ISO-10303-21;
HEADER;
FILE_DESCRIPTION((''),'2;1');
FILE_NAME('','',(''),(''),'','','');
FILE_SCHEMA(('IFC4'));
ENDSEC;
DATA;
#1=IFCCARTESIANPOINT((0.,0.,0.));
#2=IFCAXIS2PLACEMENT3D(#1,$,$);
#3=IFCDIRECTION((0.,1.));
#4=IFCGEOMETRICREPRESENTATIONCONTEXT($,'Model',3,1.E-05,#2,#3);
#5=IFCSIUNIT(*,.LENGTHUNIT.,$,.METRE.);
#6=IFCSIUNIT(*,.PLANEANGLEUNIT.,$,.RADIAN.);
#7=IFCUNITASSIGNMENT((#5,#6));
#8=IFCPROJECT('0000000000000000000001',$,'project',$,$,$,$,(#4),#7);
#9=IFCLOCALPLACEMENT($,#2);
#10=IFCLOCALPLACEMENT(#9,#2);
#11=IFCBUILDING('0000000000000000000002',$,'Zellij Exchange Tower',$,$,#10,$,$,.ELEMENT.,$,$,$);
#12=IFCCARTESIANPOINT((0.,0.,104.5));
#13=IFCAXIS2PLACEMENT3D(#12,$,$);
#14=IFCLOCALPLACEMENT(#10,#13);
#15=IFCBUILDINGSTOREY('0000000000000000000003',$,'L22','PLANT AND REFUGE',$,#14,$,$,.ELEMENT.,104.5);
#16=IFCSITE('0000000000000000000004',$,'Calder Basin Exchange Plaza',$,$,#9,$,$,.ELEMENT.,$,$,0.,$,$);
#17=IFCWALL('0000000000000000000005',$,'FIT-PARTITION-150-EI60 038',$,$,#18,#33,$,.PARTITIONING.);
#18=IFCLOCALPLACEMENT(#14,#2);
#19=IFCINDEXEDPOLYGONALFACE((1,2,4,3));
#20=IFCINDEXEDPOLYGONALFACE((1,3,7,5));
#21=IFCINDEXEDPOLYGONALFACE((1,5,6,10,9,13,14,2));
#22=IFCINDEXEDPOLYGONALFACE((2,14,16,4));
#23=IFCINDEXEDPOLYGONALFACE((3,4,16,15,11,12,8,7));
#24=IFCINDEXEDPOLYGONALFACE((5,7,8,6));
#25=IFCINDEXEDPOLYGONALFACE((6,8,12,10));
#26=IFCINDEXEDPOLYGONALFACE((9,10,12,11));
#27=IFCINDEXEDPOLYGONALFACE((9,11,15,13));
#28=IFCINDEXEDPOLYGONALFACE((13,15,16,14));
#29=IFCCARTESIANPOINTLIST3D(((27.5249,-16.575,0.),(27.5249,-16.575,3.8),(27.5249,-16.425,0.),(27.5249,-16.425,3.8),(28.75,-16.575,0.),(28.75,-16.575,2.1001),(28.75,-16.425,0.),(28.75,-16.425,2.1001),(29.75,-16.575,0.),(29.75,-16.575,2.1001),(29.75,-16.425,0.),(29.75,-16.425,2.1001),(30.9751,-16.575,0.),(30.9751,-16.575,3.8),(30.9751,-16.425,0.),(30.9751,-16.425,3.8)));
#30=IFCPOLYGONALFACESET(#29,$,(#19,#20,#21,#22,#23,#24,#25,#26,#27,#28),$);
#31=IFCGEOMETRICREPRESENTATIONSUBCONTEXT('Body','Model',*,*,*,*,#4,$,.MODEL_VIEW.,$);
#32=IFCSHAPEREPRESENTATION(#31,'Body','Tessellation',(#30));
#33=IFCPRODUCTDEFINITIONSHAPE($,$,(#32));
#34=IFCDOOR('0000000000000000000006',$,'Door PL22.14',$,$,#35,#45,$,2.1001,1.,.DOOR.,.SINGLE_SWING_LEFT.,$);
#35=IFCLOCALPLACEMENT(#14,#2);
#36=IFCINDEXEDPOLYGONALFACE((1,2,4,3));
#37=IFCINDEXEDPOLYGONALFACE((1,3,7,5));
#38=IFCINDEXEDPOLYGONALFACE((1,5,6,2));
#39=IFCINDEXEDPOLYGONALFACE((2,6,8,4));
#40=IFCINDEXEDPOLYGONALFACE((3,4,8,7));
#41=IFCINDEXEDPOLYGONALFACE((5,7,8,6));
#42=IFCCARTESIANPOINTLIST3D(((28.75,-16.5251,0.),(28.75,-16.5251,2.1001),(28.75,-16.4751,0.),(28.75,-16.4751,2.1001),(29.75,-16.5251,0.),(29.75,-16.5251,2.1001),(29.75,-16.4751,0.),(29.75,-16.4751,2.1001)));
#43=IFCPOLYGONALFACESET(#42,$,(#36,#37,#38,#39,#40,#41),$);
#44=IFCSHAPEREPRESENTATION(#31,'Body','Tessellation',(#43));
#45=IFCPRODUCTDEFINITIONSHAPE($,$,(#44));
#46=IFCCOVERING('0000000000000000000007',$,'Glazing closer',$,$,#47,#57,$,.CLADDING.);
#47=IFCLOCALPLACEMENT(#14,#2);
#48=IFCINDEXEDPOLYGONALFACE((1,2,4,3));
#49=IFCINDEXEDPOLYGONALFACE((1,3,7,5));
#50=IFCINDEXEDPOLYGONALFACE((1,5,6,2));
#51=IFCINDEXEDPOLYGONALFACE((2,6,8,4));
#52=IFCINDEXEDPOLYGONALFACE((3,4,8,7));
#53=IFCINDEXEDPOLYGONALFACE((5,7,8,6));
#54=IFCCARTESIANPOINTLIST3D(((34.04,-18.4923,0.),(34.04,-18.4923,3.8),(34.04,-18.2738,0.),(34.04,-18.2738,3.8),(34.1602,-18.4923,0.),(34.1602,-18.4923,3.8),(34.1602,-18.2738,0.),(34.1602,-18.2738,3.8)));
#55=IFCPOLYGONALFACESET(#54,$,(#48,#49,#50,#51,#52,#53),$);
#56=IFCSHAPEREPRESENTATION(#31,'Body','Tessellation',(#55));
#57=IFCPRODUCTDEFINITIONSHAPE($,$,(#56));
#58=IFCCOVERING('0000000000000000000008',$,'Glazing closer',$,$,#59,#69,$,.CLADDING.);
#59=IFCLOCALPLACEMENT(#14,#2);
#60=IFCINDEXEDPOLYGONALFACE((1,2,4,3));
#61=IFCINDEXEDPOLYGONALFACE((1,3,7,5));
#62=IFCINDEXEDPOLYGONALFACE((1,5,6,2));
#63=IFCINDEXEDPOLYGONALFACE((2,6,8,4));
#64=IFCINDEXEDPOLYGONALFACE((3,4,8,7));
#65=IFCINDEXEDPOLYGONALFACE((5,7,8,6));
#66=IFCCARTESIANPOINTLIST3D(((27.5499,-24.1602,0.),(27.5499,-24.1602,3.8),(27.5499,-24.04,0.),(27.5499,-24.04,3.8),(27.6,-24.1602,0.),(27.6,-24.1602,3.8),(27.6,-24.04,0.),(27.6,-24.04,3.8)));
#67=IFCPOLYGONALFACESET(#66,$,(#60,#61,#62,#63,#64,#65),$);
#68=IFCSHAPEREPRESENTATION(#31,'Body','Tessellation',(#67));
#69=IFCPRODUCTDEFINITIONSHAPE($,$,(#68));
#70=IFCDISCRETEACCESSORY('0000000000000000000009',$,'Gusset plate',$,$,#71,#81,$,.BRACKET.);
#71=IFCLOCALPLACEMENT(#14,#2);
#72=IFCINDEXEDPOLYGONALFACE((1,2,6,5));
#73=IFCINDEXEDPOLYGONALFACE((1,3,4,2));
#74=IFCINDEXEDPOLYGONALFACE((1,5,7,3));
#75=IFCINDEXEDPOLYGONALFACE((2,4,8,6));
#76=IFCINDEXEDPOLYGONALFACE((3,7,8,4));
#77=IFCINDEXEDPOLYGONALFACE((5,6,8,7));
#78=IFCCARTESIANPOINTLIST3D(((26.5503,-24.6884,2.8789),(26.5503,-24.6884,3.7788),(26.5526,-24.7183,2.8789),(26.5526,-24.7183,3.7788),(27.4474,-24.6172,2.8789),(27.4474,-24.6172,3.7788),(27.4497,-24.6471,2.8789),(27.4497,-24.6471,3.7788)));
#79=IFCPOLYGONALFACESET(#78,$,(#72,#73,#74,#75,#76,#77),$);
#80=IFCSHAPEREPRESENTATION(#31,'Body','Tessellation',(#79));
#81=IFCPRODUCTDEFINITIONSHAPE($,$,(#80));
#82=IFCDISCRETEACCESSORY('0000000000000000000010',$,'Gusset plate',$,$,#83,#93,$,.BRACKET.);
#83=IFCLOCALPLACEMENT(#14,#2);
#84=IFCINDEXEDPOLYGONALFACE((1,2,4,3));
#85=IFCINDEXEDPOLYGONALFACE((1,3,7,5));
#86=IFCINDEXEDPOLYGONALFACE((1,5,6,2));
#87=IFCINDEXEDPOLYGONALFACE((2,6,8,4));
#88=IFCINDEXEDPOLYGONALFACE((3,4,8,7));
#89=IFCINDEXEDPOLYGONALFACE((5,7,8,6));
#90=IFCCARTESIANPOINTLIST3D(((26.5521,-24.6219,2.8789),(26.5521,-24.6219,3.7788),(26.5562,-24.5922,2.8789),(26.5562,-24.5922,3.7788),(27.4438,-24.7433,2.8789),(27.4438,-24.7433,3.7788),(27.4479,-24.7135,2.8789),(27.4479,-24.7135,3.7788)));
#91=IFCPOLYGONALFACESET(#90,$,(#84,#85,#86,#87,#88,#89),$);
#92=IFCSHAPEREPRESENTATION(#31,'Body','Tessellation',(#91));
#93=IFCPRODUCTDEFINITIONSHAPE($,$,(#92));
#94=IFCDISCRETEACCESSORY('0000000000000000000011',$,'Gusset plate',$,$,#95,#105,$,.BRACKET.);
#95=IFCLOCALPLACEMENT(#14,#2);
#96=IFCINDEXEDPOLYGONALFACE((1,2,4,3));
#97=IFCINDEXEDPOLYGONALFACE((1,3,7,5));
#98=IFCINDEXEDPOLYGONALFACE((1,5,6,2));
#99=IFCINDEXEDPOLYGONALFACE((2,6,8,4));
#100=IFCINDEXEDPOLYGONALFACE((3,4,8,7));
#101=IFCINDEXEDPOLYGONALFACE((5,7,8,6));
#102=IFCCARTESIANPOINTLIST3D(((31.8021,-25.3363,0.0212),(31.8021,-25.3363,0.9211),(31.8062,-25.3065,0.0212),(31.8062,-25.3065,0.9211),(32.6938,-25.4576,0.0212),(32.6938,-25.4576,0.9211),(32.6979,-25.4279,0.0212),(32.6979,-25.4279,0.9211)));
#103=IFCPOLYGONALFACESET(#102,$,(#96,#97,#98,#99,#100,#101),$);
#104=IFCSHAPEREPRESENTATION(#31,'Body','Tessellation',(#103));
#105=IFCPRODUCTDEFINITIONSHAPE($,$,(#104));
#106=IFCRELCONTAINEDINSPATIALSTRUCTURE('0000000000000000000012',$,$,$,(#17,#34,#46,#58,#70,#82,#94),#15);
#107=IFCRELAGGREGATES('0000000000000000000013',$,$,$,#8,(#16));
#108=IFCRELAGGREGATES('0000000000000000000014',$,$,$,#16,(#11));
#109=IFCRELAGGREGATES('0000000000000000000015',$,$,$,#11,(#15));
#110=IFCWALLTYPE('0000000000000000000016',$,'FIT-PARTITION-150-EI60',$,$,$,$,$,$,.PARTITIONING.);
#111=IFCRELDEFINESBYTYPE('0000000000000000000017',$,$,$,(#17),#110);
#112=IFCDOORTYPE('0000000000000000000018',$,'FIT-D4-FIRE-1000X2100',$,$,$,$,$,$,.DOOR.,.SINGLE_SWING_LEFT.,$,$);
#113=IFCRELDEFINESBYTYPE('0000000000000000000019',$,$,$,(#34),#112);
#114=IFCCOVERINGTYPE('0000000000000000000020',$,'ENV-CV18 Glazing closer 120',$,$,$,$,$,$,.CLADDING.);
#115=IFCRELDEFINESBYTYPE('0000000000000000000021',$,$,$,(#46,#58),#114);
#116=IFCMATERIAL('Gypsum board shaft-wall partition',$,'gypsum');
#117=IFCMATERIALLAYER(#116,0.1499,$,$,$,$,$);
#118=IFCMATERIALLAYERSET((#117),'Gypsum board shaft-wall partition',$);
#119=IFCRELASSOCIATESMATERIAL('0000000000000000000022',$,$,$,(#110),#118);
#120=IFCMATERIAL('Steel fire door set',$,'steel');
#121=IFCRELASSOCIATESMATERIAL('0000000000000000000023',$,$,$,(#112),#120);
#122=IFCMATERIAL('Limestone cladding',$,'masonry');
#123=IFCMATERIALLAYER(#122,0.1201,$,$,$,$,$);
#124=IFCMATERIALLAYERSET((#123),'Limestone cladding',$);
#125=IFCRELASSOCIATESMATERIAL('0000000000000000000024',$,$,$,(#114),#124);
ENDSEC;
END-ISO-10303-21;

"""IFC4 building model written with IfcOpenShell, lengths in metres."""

from ifc_helpers import new_model, si_unit, direction, frame, frame_2d, origin, origin_2d, place, context, subcontext, project, spatial, rectangle, extrude, material, layer, layer_set, type_object, element, fill, save


model = new_model("IFC4")

# Units and contexts
model_context = context("Model", 3, precision=1e-05, world=origin(), true_north=direction((0.0, 1.0)))
body_context = subcontext(model_context, "Body", "Model", "MODEL_VIEW")
ifc_project = project(units=[si_unit("LENGTHUNIT", "METRE"), si_unit("PLANEANGLEUNIT", "RADIAN")], contexts=[model_context])

# Site, building, storey
site_placement = place(None, origin())
site = spatial("IfcSite", under=ifc_project, at=site_placement, Name="Calder Basin Exchange Plaza", CompositionType="ELEMENT", RefElevation=0.0)
building_placement = place(site_placement, origin())
building = spatial("IfcBuilding", under=site, at=building_placement, Name="Zellij Exchange Tower", CompositionType="ELEMENT")
storey_placement = place(building_placement, frame((0.0, 0.0, 104.5)))
storey = spatial("IfcBuildingStorey", under=building, at=storey_placement, Name="L22", Description="PLANT AND REFUGE", CompositionType="ELEMENT", Elevation=104.5)

# Shared definitions
ifc_material_1 = material(Name="Gypsum board shaft-wall partition", Category="gypsum")
ifc_layer_1 = layer(ifc_material_1, 0.1499)
ifc_layer_set_1 = layer_set([ifc_layer_1], Name="Gypsum board shaft-wall partition")
wall_type_1 = type_object("IfcWallType", Name="FIT-PARTITION-150-EI60", PredefinedType="PARTITIONING", material=ifc_layer_set_1)

# Wall, opening, door
wall_1_placement = place(storey_placement, frame((27.5249, -16.5, 0.0), z_axis=(0.0, 0.0, 1.0), x_axis=(1.0, 0.0, 0.0)))
wall_1 = element("IfcWall", 1, at=wall_1_placement, inside=storey, type_object=wall_type_1, Name="FIT-PARTITION-150-EI60 038", PredefinedType="PARTITIONING", context=body_context, shape_type="SweptSolid", body=[
    extrude(rectangle(XDim=3.4502, YDim=0.1499, at=frame_2d((1.7251, 0.0))), origin(), (0.0, 0.0, 1.0), 3.8),
])
opening_placement = place(wall_1_placement, frame((1.2251, 0.0, 0.0)))
opening = element("IfcOpeningElement", 2, at=opening_placement, cuts=wall_1, PredefinedType="OPENING", context=body_context, shape_type="SweptSolid", body=[
    extrude(rectangle(XDim=1.0, YDim=2.1001, at=frame_2d((0.5, 1.05))), frame((0.0, 0.0869, 0.0), z_axis=(0.0, -1.0, 0.0), x_axis=(1.0, 0.0, 0.0)), (0.0, 0.0, 1.0), 0.1738),
])
ifc_material_2 = material(Name="Steel fire door set", Category="steel")
door_type = type_object("IfcDoorType", Name="FIT-D4-FIRE-1000X2100", OperationType="SINGLE_SWING_LEFT", PredefinedType="DOOR", material=ifc_material_2)
door_placement = place(opening_placement, origin())
door = element("IfcDoor", 3, at=door_placement, inside=storey, type_object=door_type, Name="Door PL22.14", OperationType="SINGLE_SWING_LEFT", OverallHeight=2.1001, OverallWidth=1.0, PredefinedType="DOOR", context=body_context, shape_type="SweptSolid", body=[
    extrude(rectangle(XDim=1.0, YDim=2.1001, at=frame_2d((0.5, 1.05))), frame((0.0, 0.0249, 0.0), z_axis=(0.0, -1.0, 0.0), x_axis=(1.0, 0.0, 0.0)), (0.0, 0.0, 1.0), 0.05),
])
fill(opening, door)

# Coverings
ifc_material_3 = material(Name="Limestone cladding", Category="masonry")
ifc_layer_2 = layer(ifc_material_3, 0.1201)
ifc_layer_set_2 = layer_set([ifc_layer_2], Name="Limestone cladding")
covering_type = type_object("IfcCoveringType", Name="ENV-CV18 Glazing closer 120", PredefinedType="CLADDING", material=ifc_layer_set_2)
covering_1_placement = place(storey_placement, frame((34.1001, -18.3831, 0.0), z_axis=(0.0, 0.0, 1.0), x_axis=(0.0, -1.0, 0.0)))
element("IfcCovering", 4, at=covering_1_placement, inside=storey, type_object=covering_type, Name="Glazing closer", PredefinedType="CLADDING", context=body_context, shape_type="SweptSolid", body=[
    extrude(rectangle(XDim=0.2185, YDim=0.1201, at=origin_2d()), origin(), (0.0, 0.0, 1.0), 3.8),
])
covering_2_placement = place(storey_placement, frame((27.575, -24.1001, 0.0), z_axis=(0.0, 0.0, 1.0), x_axis=(-1.0, 0.0, 0.0)))
element("IfcCovering", 5, at=covering_2_placement, inside=storey, type_object=covering_type, Name="Glazing closer", PredefinedType="CLADDING", context=body_context, shape_type="SweptSolid", body=[
    extrude(rectangle(XDim=0.05, YDim=0.1201, at=origin_2d()), origin(), (0.0, 0.0, 1.0), 3.8),
])

# Discrete accessories
for number, where, z_axis, x_axis, name in (
    (6, (27.0, -24.6677, 2.8789), (0.0, 0.0, 1.0), (0.996864, 0.079129, 0.0), "Gusset plate"),
    (7, (27.0, -24.6677, 2.8789), (0.0, 0.0, 1.0), (0.990868, -0.134834, 0.0), "Gusset plate"),
    (8, (32.25, -25.3821, 0.0212), (0.0, 0.0, 1.0), (0.990868, -0.134834, 0.0), "Gusset plate"),
):
    element("IfcDiscreteAccessory", number, at=place(storey_placement, frame(where, z_axis=z_axis, x_axis=x_axis)), inside=storey, Name=name, PredefinedType="BRACKET", context=body_context, shape_type="SweptSolid", body=[
        extrude(rectangle(XDim=0.8999, YDim=0.03, at=origin_2d()), origin(), (0.0, 0.0, 1.0), 0.8999),
    ])

save(model, "model.ifc")
